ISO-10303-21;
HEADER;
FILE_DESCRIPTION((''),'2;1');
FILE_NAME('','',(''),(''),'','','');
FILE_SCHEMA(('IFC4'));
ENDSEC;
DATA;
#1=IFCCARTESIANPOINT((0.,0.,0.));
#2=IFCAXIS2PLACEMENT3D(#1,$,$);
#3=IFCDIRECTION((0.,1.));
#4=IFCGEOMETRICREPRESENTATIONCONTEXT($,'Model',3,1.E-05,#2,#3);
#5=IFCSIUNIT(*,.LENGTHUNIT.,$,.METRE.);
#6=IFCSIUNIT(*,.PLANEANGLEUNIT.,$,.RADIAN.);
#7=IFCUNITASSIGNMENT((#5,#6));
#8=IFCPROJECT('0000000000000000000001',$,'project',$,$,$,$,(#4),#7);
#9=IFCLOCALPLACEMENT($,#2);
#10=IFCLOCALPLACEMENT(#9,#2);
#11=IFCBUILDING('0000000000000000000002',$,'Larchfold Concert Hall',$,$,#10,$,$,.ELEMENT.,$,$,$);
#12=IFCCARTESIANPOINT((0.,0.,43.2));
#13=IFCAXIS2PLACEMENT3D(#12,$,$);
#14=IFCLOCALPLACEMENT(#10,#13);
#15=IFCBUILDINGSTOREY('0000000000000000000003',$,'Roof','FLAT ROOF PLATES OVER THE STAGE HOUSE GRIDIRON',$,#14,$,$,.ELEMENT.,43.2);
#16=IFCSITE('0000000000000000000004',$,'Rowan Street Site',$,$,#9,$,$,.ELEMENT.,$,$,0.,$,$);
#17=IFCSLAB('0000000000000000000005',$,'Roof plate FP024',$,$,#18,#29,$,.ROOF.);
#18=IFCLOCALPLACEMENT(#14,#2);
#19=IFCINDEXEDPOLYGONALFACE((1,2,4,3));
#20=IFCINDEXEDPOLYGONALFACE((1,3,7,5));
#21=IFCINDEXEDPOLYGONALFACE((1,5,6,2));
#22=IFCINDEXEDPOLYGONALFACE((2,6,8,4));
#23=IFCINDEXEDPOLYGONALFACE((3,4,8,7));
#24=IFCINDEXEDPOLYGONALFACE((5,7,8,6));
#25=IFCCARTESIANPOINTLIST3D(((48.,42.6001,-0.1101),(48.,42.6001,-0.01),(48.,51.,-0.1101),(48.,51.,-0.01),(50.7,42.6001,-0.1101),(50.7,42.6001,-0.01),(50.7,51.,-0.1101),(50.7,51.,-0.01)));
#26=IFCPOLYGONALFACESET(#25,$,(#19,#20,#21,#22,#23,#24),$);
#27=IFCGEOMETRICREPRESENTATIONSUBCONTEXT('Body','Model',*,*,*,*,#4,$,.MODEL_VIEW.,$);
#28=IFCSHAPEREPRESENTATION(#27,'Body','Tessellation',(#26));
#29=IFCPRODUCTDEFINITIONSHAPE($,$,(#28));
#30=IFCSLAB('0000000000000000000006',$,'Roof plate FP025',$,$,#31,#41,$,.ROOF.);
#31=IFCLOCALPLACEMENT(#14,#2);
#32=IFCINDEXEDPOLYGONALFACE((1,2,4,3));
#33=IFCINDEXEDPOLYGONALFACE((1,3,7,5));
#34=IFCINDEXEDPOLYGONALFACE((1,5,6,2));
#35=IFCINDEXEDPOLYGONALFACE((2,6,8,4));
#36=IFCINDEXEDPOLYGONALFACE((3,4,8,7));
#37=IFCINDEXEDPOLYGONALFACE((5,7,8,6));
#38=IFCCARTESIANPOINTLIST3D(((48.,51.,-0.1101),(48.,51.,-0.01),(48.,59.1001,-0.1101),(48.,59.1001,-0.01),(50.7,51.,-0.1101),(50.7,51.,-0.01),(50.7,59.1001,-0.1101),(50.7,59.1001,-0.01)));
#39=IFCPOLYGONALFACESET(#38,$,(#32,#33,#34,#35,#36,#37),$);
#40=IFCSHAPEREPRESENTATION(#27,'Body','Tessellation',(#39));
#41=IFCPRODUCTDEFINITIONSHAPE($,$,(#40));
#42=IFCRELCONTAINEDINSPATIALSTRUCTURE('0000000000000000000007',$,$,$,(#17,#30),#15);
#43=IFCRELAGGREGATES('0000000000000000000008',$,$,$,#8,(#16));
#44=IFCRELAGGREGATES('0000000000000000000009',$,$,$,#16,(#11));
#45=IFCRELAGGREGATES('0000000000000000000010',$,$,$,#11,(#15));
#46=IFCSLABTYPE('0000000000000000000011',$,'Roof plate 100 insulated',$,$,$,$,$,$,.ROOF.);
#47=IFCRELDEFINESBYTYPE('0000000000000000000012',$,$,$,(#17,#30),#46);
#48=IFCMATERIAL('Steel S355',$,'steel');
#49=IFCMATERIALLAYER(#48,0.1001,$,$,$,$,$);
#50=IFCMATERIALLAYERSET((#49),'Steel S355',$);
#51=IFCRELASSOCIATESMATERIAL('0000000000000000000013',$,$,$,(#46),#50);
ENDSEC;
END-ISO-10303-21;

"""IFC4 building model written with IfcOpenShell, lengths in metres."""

from ifc_helpers import new_model, si_unit, direction, frame, origin, place, context, subcontext, project, spatial, polyline, outline, extrude, material, layer, layer_set, type_object, element, save


model = new_model("IFC4")

# Units and contexts
model_context = context("Model", 3, precision=1e-05, world=origin(), true_north=direction((0.0, 1.0)))
body_context = subcontext(model_context, "Body", "Model", "MODEL_VIEW")
ifc_project = project(units=[si_unit("LENGTHUNIT", "METRE"), si_unit("PLANEANGLEUNIT", "RADIAN")], contexts=[model_context])

# Site, building, storey
site_placement = place(None, origin())
site = spatial("IfcSite", under=ifc_project, at=site_placement, Name="Rowan Street Site", CompositionType="ELEMENT", RefElevation=0.0)
building_placement = place(site_placement, origin())
building = spatial("IfcBuilding", under=site, at=building_placement, Name="Larchfold Concert Hall", CompositionType="ELEMENT")
storey_placement = place(building_placement, frame((0.0, 0.0, 43.2)))
storey = spatial("IfcBuildingStorey", under=building, at=storey_placement, Name="Roof", Description="FLAT ROOF PLATES OVER THE STAGE HOUSE GRIDIRON", CompositionType="ELEMENT", Elevation=43.2)

# Slabs
ifc_material = material(Name="Steel S355", Category="steel")
ifc_layer = layer(ifc_material, 0.1001)
ifc_layer_set = layer_set([ifc_layer], Name="Steel S355")
slab_type = type_object("IfcSlabType", Name="Roof plate 100 insulated", PredefinedType="ROOF", material=ifc_layer_set)
slab_1_placement = place(storey_placement, frame((50.7, 42.6001, -0.01), z_axis=(0.0, 0.0, 1.0), x_axis=(0.0, 1.0, 0.0)))
element("IfcSlab", 1, at=slab_1_placement, inside=storey, type_object=slab_type, Name="Roof plate FP024", PredefinedType="ROOF", context=body_context, shape_type="SweptSolid", body=[
    extrude(outline(polyline([(0.0, 0.0), (8.3999, 0.0), (8.3999, 2.7), (0.0, 2.7), (0.0, 0.0)])), origin(), (0.0, 0.0, -1.0), 0.1001),
])
slab_2_placement = place(storey_placement, frame((50.7, 51.0, -0.01), z_axis=(0.0, 0.0, 1.0), x_axis=(0.0, 1.0, 0.0)))
element("IfcSlab", 2, at=slab_2_placement, inside=storey, type_object=slab_type, Name="Roof plate FP025", PredefinedType="ROOF", context=body_context, shape_type="SweptSolid", body=[
    extrude(outline(polyline([(0.0, 0.0), (8.1001, 0.0), (8.1001, 2.7), (0.0, 2.7), (0.0, 0.0)])), origin(), (0.0, 0.0, -1.0), 0.1001),
])

save(model, "model.ifc")
